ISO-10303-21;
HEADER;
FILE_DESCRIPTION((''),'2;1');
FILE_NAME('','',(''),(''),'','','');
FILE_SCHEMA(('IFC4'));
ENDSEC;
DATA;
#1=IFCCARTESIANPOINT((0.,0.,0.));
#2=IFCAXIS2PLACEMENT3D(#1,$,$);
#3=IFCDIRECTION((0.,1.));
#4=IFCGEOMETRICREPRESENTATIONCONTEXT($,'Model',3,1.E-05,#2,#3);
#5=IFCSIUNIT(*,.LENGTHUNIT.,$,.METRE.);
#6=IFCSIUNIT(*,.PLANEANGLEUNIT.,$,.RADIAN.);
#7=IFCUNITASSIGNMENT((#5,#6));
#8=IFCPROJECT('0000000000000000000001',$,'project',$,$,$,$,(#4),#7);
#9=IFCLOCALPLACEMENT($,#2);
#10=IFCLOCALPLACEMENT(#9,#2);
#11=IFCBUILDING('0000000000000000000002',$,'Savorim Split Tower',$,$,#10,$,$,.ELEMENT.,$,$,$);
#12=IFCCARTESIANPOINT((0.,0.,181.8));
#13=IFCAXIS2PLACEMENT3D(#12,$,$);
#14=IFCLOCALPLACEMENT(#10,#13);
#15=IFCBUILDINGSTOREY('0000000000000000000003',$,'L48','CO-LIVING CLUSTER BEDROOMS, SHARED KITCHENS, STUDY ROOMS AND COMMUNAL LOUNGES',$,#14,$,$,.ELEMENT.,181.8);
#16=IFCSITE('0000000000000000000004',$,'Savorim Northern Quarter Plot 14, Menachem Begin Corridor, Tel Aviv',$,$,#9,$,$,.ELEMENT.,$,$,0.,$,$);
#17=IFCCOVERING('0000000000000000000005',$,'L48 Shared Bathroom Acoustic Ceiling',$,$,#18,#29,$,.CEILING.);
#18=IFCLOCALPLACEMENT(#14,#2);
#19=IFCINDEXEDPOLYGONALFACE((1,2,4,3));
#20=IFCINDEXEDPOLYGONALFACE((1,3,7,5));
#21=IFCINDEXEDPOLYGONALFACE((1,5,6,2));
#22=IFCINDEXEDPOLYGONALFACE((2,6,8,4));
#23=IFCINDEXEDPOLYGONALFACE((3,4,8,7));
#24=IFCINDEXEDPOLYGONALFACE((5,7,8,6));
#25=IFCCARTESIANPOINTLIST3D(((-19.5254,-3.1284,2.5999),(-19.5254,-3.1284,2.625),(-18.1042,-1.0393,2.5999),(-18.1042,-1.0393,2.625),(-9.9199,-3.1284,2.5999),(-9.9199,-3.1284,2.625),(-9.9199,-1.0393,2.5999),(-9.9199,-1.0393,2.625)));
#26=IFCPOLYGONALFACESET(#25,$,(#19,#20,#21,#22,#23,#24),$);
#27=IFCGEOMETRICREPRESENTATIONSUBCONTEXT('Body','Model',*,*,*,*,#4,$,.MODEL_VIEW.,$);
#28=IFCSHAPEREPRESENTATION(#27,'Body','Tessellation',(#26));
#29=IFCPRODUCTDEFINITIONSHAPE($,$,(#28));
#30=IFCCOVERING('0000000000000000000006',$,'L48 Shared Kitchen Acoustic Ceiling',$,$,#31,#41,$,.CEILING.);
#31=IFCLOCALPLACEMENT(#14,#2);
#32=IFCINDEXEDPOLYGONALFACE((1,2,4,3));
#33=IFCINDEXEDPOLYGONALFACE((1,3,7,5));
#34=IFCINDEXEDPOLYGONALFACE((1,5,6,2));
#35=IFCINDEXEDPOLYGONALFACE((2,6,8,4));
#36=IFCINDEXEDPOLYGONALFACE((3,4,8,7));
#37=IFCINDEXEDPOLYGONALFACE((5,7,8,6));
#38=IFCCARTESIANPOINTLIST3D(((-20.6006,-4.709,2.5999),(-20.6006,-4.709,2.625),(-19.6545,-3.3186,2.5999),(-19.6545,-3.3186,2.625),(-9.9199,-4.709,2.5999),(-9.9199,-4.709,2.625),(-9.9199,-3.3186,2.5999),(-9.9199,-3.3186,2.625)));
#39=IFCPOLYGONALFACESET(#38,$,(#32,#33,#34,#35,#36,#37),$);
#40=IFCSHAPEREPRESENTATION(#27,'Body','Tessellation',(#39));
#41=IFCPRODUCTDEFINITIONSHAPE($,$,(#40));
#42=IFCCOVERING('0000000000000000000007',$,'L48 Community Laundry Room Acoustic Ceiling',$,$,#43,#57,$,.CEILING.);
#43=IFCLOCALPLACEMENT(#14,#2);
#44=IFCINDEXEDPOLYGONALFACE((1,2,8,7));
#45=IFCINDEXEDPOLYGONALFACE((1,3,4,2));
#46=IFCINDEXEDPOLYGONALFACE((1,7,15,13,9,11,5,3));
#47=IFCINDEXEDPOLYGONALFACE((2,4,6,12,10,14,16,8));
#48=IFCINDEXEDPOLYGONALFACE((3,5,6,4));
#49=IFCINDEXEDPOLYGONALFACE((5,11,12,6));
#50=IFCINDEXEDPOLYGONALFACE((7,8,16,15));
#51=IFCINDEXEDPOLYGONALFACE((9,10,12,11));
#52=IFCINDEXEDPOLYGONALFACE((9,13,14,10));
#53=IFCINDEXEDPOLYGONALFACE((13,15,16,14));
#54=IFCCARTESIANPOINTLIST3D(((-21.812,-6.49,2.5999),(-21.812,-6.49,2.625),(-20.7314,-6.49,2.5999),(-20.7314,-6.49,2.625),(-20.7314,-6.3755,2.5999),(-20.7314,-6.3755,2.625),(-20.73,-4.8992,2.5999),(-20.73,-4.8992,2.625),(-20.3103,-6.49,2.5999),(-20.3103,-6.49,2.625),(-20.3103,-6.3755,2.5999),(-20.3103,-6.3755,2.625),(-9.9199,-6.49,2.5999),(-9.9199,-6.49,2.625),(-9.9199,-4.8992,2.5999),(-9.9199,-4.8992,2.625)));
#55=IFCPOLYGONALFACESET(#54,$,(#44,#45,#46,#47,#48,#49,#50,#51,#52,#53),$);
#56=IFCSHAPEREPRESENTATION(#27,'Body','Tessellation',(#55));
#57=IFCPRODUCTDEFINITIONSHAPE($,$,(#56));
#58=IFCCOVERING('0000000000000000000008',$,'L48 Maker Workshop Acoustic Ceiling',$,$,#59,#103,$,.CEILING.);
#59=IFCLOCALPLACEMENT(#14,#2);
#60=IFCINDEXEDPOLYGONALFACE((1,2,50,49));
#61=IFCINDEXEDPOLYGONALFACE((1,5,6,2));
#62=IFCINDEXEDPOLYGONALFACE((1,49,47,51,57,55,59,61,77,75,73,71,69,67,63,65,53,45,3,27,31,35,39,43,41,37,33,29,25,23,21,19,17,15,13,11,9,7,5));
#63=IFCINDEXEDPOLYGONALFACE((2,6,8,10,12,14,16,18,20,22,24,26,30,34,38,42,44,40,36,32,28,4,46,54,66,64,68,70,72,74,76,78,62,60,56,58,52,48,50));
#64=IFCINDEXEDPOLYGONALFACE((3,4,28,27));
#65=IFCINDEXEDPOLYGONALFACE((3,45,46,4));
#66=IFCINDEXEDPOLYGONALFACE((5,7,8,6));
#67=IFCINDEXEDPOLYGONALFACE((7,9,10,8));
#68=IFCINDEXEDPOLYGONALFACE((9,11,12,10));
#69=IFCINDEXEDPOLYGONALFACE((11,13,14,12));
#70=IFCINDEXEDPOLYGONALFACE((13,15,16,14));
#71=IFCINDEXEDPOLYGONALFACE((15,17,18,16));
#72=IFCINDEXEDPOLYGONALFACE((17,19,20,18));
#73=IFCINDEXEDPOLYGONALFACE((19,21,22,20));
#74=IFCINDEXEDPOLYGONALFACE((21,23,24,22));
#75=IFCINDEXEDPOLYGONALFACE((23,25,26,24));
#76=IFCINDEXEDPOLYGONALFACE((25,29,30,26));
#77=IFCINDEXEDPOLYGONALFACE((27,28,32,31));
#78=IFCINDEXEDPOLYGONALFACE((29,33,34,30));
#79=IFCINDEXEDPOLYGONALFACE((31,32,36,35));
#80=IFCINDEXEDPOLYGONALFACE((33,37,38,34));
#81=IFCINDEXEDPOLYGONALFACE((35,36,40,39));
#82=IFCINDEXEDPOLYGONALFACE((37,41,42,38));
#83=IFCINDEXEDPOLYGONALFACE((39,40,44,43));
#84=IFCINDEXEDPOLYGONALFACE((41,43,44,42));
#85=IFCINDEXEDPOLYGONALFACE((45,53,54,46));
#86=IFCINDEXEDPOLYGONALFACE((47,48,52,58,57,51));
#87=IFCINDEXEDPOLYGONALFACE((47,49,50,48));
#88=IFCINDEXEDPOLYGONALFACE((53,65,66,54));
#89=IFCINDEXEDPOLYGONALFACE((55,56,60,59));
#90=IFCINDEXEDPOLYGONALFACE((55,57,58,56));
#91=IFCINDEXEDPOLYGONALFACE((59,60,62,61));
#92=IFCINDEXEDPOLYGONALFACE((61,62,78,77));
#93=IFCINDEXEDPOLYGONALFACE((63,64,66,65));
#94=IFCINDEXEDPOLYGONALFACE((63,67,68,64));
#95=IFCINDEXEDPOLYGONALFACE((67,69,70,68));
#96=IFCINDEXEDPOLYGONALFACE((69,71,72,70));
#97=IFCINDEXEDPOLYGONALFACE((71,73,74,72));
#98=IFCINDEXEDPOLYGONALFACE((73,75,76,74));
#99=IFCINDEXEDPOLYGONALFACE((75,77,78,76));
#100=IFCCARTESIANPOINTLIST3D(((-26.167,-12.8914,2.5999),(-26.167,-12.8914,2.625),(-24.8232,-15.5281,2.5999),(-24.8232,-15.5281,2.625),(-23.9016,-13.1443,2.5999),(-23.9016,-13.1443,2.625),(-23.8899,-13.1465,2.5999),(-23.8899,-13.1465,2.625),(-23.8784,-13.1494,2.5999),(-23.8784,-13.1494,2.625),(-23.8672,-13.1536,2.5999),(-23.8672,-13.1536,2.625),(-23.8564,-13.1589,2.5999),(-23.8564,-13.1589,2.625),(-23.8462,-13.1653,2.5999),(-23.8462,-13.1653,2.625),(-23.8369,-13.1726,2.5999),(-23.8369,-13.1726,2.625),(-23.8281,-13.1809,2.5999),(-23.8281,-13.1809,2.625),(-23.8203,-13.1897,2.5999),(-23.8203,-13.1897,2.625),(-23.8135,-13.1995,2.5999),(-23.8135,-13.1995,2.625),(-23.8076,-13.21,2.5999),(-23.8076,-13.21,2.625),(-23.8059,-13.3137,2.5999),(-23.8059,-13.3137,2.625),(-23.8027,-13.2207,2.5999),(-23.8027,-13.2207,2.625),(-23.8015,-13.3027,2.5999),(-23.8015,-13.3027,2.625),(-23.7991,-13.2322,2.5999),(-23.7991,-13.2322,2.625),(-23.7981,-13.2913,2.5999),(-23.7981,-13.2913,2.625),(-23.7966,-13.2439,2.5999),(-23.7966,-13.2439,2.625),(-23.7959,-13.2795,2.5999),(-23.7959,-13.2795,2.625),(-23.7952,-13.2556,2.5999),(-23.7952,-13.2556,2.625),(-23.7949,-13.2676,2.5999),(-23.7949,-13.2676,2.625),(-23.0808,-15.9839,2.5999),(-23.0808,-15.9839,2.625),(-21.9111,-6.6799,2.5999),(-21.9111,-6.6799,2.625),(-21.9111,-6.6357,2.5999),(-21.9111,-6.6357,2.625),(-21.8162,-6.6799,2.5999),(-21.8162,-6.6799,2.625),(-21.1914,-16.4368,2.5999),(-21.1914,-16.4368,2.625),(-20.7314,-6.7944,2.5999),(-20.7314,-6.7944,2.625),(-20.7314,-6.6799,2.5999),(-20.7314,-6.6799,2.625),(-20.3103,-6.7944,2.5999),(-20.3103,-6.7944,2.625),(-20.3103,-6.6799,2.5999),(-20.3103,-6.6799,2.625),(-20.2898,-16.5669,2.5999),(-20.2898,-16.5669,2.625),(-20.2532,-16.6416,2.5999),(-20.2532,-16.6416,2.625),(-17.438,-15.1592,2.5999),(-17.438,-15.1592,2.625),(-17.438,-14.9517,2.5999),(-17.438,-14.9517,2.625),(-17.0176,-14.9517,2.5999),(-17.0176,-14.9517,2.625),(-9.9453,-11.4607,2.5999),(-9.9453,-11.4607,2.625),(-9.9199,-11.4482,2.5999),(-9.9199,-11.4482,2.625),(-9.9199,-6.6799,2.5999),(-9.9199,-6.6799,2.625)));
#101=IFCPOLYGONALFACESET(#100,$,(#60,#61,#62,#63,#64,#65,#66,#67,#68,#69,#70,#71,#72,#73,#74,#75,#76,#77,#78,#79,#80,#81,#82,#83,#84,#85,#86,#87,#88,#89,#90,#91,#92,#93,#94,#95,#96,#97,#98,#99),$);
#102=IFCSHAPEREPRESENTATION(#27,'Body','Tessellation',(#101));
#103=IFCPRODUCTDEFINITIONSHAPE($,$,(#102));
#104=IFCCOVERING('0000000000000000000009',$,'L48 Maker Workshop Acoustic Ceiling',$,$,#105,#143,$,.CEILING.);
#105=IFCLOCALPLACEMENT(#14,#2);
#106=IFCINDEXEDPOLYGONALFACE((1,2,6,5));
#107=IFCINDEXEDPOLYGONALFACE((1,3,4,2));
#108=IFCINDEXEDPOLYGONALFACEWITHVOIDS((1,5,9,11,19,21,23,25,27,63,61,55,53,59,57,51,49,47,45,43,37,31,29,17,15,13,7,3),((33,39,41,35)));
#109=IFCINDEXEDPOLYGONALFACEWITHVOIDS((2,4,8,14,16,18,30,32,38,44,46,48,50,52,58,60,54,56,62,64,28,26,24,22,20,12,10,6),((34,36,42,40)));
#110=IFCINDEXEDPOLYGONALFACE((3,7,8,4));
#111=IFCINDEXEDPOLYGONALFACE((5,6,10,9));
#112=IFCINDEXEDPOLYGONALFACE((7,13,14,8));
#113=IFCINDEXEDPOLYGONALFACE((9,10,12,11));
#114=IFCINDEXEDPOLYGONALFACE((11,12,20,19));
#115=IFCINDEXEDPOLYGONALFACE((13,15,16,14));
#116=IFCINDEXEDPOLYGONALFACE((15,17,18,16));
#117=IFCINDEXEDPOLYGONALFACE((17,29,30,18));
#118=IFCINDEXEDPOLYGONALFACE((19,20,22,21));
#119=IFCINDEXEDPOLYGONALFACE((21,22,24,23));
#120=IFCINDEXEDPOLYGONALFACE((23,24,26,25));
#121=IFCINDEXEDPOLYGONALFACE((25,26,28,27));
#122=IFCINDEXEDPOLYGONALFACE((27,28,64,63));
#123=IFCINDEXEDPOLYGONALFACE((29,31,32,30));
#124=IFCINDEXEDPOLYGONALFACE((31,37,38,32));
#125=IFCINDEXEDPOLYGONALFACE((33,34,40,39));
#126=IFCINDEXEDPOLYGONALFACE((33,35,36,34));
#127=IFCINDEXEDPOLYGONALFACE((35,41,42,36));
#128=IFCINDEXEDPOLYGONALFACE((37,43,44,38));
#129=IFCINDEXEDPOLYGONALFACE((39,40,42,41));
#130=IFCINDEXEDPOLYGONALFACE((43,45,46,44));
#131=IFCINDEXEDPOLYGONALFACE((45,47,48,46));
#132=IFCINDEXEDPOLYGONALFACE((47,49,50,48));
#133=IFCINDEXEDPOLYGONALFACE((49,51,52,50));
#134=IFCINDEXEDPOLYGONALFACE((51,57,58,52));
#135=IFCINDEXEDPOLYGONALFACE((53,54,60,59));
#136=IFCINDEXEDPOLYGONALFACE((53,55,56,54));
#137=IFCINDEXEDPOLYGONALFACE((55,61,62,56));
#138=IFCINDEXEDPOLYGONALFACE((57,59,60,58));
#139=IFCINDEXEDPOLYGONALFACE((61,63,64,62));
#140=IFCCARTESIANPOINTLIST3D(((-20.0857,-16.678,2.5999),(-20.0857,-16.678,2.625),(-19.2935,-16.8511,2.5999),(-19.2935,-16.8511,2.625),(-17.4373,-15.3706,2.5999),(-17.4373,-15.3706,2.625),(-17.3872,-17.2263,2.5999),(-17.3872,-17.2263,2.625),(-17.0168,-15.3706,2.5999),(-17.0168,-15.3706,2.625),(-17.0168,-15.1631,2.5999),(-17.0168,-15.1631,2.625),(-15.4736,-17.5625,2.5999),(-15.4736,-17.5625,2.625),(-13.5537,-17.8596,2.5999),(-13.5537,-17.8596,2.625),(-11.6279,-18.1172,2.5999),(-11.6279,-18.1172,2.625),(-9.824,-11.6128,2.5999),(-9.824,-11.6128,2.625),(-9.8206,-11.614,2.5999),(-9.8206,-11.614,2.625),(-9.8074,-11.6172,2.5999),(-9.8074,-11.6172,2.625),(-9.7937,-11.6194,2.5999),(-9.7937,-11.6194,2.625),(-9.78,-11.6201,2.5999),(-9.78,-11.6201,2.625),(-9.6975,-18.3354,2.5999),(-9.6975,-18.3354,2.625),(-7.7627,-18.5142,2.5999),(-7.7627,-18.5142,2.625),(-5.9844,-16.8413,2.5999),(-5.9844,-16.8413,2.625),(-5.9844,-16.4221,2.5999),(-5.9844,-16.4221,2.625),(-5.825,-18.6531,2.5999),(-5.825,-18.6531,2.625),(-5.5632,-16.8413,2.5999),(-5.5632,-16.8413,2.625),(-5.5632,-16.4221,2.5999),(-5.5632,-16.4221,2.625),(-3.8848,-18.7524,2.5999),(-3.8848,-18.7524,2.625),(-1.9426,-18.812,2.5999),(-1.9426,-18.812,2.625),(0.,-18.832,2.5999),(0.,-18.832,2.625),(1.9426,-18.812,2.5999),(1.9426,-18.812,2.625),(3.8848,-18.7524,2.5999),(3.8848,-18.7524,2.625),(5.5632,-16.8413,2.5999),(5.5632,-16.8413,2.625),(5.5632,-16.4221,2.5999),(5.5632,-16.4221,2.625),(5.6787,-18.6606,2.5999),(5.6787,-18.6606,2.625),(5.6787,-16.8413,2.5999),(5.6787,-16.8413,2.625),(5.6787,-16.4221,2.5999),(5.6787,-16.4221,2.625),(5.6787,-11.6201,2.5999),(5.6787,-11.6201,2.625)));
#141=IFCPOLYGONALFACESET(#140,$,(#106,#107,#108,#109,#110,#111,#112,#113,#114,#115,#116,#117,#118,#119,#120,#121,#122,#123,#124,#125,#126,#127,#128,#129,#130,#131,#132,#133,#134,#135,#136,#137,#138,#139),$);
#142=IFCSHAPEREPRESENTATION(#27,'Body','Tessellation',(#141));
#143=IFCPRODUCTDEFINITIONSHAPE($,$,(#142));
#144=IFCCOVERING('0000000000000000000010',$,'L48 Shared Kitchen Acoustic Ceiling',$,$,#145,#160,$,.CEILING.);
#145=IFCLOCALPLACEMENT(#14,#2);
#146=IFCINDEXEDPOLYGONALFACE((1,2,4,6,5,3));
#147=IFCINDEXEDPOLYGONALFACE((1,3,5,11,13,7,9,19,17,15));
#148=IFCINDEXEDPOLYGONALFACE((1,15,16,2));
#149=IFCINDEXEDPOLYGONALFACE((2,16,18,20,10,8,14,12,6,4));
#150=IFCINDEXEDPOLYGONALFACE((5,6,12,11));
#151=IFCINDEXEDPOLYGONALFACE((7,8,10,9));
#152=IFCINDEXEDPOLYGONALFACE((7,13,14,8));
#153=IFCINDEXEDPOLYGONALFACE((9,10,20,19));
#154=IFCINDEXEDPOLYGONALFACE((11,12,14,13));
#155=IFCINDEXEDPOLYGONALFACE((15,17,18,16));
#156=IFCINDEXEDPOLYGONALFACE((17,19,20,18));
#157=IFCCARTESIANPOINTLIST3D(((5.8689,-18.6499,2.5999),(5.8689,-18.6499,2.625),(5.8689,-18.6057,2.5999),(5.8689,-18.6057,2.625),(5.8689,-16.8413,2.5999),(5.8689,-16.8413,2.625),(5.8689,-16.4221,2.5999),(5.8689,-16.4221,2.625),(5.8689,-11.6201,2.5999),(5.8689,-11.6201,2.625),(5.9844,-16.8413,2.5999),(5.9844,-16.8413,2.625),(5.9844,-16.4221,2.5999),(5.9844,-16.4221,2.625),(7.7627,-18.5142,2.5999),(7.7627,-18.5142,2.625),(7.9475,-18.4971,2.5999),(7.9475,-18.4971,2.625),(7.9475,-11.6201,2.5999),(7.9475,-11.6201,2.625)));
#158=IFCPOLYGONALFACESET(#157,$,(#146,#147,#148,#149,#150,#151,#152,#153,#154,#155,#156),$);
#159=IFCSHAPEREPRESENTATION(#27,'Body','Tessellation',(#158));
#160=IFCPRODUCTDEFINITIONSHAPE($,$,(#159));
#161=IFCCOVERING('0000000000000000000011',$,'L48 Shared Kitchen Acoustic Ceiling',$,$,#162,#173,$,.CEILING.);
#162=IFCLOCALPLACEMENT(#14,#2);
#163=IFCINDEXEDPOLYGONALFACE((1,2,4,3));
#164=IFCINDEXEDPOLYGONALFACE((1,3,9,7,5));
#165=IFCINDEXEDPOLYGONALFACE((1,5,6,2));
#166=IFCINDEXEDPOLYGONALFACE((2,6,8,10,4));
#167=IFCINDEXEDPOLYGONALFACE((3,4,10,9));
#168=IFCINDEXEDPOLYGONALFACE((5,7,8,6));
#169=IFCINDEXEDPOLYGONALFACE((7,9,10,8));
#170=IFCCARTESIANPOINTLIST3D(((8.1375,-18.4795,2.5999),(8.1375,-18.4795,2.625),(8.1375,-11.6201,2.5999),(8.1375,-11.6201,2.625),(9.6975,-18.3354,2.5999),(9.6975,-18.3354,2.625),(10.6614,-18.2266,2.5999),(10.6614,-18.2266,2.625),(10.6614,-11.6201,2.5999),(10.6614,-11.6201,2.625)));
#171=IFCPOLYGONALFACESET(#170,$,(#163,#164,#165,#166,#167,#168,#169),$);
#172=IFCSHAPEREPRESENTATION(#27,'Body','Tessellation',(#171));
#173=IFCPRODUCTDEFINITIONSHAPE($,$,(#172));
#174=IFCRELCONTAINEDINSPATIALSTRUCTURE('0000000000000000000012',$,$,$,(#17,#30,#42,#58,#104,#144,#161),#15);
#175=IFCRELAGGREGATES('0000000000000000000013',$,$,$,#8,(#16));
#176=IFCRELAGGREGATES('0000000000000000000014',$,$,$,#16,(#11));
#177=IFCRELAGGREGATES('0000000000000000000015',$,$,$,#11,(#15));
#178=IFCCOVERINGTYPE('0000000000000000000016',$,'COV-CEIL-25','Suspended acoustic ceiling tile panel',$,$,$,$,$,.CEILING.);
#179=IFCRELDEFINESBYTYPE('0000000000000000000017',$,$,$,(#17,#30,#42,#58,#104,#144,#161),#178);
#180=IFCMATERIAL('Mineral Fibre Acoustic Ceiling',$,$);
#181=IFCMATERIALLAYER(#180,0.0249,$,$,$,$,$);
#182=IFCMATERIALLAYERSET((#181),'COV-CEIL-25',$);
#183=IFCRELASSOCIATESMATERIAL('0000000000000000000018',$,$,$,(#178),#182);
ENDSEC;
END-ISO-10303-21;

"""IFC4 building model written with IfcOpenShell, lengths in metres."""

from ifc_helpers import new_model, si_unit, direction, frame, origin, place, context, subcontext, project, spatial, polyline, outline, extrude, material, layer, layer_set, type_object, element, save


model = new_model("IFC4")

# Units and contexts
model_context = context("Model", 3, precision=1e-05, world=origin(), true_north=direction((0.0, 1.0)))
body_context = subcontext(model_context, "Body", "Model", "MODEL_VIEW")
ifc_project = project(units=[si_unit("LENGTHUNIT", "METRE"), si_unit("PLANEANGLEUNIT", "RADIAN")], contexts=[model_context])

# Site, building, storey
site_placement = place(None, origin())
site = spatial("IfcSite", under=ifc_project, at=site_placement, Name="Savorim Northern Quarter Plot 14, Menachem Begin Corridor, Tel Aviv", CompositionType="ELEMENT", RefElevation=0.0)
building_placement = place(site_placement, origin())
building = spatial("IfcBuilding", under=site, at=building_placement, Name="Savorim Split Tower", CompositionType="ELEMENT")
storey_placement = place(building_placement, frame((0.0, 0.0, 181.8)))
storey = spatial("IfcBuildingStorey", under=building, at=storey_placement, Name="L48", Description="CO-LIVING CLUSTER BEDROOMS, SHARED KITCHENS, STUDY ROOMS AND COMMUNAL LOUNGES", CompositionType="ELEMENT", Elevation=181.8)

# Coverings
ifc_material_1 = material(Name="Mineral Fibre Acoustic Ceiling")
ifc_layer_1 = layer(ifc_material_1, 0.0249)
ifc_layer_set_1 = layer_set([ifc_layer_1], Name="COV-CEIL-25")
covering_type_1 = type_object("IfcCoveringType", Name="COV-CEIL-25", Description="Suspended acoustic ceiling tile panel", PredefinedType="CEILING", material=ifc_layer_set_1)
covering_1_placement = place(storey_placement, frame((0.0, 0.0, 2.5999)))
element("IfcCovering", 1, at=covering_1_placement, inside=storey, type_object=covering_type_1, Name="L48 Shared Bathroom Acoustic Ceiling", PredefinedType="CEILING", context=body_context, shape_type="SweptSolid", body=[
    extrude(outline(polyline([(-18.1042, -1.0393), (-19.5254, -3.1284), (-9.9199, -3.1284), (-9.9199, -1.0393), (-18.1042, -1.0393)])), origin(), (0.0, 0.0, 1.0), 0.0251),
])
covering_2_placement = place(storey_placement, frame((0.0, 0.0, 2.5999)))
element("IfcCovering", 2, at=covering_2_placement, inside=storey, type_object=covering_type_1, Name="L48 Shared Kitchen Acoustic Ceiling", PredefinedType="CEILING", context=body_context, shape_type="SweptSolid", body=[
    extrude(outline(polyline([(-19.6545, -3.3186), (-20.6006, -4.709), (-9.9199, -4.709), (-9.9199, -3.3186), (-19.6545, -3.3186)])), origin(), (0.0, 0.0, 1.0), 0.0251),
])
covering_3_placement = place(storey_placement, frame((0.0, 0.0, 2.5999)))
element("IfcCovering", 3, at=covering_3_placement, inside=storey, type_object=covering_type_1, Name="L48 Community Laundry Room Acoustic Ceiling", PredefinedType="CEILING", context=body_context, shape_type="SweptSolid", body=[
    extrude(outline(polyline([(-20.3103, -6.3755), (-20.3103, -6.49), (-9.9199, -6.49), (-9.9199, -4.8992), (-20.73, -4.8992), (-21.812, -6.49), (-20.7314, -6.49), (-20.7314, -6.3755), (-20.3103, -6.3755)])), origin(), (0.0, 0.0, 1.0), 0.0251),
])
covering_4_placement = place(storey_placement, frame((0.0, 0.0, 2.5999)))
element("IfcCovering", 4, at=covering_4_placement, inside=storey, type_object=covering_type_1, Name="L48 Maker Workshop Acoustic Ceiling", PredefinedType="CEILING", context=body_context, shape_type="SweptSolid", body=[
    extrude(outline(polyline([(-23.7952, -13.2556), (-23.7949, -13.2676), (-23.7959, -13.2795), (-23.7981, -13.2913), (-23.8015, -13.3027), (-23.8059, -13.3137), (-24.8232, -15.5281), (-23.0808, -15.9839), (-21.1914, -16.4368), (-20.2532, -16.6416), (-20.2898, -16.5669), (-17.438, -15.1592), (-17.438, -14.9517), (-17.0176, -14.9517), (-9.9453, -11.4607), (-9.9199, -11.4482), (-9.9199, -6.6799), (-20.3103, -6.6799), (-20.3103, -6.7944), (-20.7314, -6.7944), (-20.7314, -6.6799), (-21.8162, -6.6799), (-21.9111, -6.6799), (-21.9111, -6.6357), (-26.167, -12.8914), (-23.9016, -13.1443), (-23.8899, -13.1465), (-23.8784, -13.1494), (-23.8672, -13.1536), (-23.8564, -13.1589), (-23.8462, -13.1653), (-23.8369, -13.1726), (-23.8281, -13.1809), (-23.8203, -13.1897), (-23.8135, -13.1995), (-23.8076, -13.21), (-23.8027, -13.2207), (-23.7991, -13.2322), (-23.7966, -13.2439), (-23.7952, -13.2556)])), origin(), (0.0, 0.0, 1.0), 0.0251),
])
covering_5_placement = place(storey_placement, frame((0.0, 0.0, 2.5999)))
element("IfcCovering", 5, at=covering_5_placement, inside=storey, type_object=covering_type_1, Name="L48 Maker Workshop Acoustic Ceiling", PredefinedType="CEILING", context=body_context, shape_type="SweptSolid", body=[
    extrude(outline(polyline([(-1.9426, -18.812), (0.0, -18.832), (1.9426, -18.812), (3.8848, -18.7524), (5.6787, -18.6606), (5.6787, -16.8413), (5.5632, -16.8413), (5.5632, -16.4221), (5.6787, -16.4221), (5.6787, -11.6201), (-9.78, -11.6201), (-9.7937, -11.6194), (-9.8074, -11.6172), (-9.8206, -11.614), (-9.824, -11.6128), (-17.0168, -15.1631), (-17.0168, -15.3706), (-17.4373, -15.3706), (-20.0857, -16.678), (-19.2935, -16.8511), (-17.3872, -17.2263), (-15.4736, -17.5625), (-13.5537, -17.8596), (-11.6279, -18.1172), (-9.6975, -18.3354), (-7.7627, -18.5142), (-5.825, -18.6531), (-3.8848, -18.7524), (-1.9426, -18.812)]), holes=[polyline([(-5.9844, -16.8413), (-5.5632, -16.8413), (-5.5632, -16.4221), (-5.9844, -16.4221), (-5.9844, -16.8413)])]), origin(), (0.0, 0.0, 1.0), 0.0251),
])
covering_6_placement = place(storey_placement, frame((0.0, 0.0, 2.5999)))
element("IfcCovering", 6, at=covering_6_placement, inside=storey, type_object=covering_type_1, Name="L48 Shared Kitchen Acoustic Ceiling", PredefinedType="CEILING", context=body_context, shape_type="SweptSolid", body=[
    extrude(outline(polyline([(5.8689, -18.6057), (5.8689, -18.6499), (7.7627, -18.5142), (7.9475, -18.4971), (7.9475, -11.6201), (5.8689, -11.6201), (5.8689, -16.4221), (5.9844, -16.4221), (5.9844, -16.8413), (5.8689, -16.8413), (5.8689, -18.6057)])), origin(), (0.0, 0.0, 1.0), 0.0251),
])
covering_7_placement = place(storey_placement, frame((0.0, 0.0, 2.5999)))
element("IfcCovering", 7, at=covering_7_placement, inside=storey, type_object=covering_type_1, Name="L48 Shared Kitchen Acoustic Ceiling", PredefinedType="CEILING", context=body_context, shape_type="SweptSolid", body=[
    extrude(outline(polyline([(8.1375, -11.6201), (8.1375, -18.4795), (9.6975, -18.3354), (10.6614, -18.2266), (10.6614, -11.6201), (8.1375, -11.6201)])), origin(), (0.0, 0.0, 1.0), 0.0251),
])

save(model, "model.ifc")
